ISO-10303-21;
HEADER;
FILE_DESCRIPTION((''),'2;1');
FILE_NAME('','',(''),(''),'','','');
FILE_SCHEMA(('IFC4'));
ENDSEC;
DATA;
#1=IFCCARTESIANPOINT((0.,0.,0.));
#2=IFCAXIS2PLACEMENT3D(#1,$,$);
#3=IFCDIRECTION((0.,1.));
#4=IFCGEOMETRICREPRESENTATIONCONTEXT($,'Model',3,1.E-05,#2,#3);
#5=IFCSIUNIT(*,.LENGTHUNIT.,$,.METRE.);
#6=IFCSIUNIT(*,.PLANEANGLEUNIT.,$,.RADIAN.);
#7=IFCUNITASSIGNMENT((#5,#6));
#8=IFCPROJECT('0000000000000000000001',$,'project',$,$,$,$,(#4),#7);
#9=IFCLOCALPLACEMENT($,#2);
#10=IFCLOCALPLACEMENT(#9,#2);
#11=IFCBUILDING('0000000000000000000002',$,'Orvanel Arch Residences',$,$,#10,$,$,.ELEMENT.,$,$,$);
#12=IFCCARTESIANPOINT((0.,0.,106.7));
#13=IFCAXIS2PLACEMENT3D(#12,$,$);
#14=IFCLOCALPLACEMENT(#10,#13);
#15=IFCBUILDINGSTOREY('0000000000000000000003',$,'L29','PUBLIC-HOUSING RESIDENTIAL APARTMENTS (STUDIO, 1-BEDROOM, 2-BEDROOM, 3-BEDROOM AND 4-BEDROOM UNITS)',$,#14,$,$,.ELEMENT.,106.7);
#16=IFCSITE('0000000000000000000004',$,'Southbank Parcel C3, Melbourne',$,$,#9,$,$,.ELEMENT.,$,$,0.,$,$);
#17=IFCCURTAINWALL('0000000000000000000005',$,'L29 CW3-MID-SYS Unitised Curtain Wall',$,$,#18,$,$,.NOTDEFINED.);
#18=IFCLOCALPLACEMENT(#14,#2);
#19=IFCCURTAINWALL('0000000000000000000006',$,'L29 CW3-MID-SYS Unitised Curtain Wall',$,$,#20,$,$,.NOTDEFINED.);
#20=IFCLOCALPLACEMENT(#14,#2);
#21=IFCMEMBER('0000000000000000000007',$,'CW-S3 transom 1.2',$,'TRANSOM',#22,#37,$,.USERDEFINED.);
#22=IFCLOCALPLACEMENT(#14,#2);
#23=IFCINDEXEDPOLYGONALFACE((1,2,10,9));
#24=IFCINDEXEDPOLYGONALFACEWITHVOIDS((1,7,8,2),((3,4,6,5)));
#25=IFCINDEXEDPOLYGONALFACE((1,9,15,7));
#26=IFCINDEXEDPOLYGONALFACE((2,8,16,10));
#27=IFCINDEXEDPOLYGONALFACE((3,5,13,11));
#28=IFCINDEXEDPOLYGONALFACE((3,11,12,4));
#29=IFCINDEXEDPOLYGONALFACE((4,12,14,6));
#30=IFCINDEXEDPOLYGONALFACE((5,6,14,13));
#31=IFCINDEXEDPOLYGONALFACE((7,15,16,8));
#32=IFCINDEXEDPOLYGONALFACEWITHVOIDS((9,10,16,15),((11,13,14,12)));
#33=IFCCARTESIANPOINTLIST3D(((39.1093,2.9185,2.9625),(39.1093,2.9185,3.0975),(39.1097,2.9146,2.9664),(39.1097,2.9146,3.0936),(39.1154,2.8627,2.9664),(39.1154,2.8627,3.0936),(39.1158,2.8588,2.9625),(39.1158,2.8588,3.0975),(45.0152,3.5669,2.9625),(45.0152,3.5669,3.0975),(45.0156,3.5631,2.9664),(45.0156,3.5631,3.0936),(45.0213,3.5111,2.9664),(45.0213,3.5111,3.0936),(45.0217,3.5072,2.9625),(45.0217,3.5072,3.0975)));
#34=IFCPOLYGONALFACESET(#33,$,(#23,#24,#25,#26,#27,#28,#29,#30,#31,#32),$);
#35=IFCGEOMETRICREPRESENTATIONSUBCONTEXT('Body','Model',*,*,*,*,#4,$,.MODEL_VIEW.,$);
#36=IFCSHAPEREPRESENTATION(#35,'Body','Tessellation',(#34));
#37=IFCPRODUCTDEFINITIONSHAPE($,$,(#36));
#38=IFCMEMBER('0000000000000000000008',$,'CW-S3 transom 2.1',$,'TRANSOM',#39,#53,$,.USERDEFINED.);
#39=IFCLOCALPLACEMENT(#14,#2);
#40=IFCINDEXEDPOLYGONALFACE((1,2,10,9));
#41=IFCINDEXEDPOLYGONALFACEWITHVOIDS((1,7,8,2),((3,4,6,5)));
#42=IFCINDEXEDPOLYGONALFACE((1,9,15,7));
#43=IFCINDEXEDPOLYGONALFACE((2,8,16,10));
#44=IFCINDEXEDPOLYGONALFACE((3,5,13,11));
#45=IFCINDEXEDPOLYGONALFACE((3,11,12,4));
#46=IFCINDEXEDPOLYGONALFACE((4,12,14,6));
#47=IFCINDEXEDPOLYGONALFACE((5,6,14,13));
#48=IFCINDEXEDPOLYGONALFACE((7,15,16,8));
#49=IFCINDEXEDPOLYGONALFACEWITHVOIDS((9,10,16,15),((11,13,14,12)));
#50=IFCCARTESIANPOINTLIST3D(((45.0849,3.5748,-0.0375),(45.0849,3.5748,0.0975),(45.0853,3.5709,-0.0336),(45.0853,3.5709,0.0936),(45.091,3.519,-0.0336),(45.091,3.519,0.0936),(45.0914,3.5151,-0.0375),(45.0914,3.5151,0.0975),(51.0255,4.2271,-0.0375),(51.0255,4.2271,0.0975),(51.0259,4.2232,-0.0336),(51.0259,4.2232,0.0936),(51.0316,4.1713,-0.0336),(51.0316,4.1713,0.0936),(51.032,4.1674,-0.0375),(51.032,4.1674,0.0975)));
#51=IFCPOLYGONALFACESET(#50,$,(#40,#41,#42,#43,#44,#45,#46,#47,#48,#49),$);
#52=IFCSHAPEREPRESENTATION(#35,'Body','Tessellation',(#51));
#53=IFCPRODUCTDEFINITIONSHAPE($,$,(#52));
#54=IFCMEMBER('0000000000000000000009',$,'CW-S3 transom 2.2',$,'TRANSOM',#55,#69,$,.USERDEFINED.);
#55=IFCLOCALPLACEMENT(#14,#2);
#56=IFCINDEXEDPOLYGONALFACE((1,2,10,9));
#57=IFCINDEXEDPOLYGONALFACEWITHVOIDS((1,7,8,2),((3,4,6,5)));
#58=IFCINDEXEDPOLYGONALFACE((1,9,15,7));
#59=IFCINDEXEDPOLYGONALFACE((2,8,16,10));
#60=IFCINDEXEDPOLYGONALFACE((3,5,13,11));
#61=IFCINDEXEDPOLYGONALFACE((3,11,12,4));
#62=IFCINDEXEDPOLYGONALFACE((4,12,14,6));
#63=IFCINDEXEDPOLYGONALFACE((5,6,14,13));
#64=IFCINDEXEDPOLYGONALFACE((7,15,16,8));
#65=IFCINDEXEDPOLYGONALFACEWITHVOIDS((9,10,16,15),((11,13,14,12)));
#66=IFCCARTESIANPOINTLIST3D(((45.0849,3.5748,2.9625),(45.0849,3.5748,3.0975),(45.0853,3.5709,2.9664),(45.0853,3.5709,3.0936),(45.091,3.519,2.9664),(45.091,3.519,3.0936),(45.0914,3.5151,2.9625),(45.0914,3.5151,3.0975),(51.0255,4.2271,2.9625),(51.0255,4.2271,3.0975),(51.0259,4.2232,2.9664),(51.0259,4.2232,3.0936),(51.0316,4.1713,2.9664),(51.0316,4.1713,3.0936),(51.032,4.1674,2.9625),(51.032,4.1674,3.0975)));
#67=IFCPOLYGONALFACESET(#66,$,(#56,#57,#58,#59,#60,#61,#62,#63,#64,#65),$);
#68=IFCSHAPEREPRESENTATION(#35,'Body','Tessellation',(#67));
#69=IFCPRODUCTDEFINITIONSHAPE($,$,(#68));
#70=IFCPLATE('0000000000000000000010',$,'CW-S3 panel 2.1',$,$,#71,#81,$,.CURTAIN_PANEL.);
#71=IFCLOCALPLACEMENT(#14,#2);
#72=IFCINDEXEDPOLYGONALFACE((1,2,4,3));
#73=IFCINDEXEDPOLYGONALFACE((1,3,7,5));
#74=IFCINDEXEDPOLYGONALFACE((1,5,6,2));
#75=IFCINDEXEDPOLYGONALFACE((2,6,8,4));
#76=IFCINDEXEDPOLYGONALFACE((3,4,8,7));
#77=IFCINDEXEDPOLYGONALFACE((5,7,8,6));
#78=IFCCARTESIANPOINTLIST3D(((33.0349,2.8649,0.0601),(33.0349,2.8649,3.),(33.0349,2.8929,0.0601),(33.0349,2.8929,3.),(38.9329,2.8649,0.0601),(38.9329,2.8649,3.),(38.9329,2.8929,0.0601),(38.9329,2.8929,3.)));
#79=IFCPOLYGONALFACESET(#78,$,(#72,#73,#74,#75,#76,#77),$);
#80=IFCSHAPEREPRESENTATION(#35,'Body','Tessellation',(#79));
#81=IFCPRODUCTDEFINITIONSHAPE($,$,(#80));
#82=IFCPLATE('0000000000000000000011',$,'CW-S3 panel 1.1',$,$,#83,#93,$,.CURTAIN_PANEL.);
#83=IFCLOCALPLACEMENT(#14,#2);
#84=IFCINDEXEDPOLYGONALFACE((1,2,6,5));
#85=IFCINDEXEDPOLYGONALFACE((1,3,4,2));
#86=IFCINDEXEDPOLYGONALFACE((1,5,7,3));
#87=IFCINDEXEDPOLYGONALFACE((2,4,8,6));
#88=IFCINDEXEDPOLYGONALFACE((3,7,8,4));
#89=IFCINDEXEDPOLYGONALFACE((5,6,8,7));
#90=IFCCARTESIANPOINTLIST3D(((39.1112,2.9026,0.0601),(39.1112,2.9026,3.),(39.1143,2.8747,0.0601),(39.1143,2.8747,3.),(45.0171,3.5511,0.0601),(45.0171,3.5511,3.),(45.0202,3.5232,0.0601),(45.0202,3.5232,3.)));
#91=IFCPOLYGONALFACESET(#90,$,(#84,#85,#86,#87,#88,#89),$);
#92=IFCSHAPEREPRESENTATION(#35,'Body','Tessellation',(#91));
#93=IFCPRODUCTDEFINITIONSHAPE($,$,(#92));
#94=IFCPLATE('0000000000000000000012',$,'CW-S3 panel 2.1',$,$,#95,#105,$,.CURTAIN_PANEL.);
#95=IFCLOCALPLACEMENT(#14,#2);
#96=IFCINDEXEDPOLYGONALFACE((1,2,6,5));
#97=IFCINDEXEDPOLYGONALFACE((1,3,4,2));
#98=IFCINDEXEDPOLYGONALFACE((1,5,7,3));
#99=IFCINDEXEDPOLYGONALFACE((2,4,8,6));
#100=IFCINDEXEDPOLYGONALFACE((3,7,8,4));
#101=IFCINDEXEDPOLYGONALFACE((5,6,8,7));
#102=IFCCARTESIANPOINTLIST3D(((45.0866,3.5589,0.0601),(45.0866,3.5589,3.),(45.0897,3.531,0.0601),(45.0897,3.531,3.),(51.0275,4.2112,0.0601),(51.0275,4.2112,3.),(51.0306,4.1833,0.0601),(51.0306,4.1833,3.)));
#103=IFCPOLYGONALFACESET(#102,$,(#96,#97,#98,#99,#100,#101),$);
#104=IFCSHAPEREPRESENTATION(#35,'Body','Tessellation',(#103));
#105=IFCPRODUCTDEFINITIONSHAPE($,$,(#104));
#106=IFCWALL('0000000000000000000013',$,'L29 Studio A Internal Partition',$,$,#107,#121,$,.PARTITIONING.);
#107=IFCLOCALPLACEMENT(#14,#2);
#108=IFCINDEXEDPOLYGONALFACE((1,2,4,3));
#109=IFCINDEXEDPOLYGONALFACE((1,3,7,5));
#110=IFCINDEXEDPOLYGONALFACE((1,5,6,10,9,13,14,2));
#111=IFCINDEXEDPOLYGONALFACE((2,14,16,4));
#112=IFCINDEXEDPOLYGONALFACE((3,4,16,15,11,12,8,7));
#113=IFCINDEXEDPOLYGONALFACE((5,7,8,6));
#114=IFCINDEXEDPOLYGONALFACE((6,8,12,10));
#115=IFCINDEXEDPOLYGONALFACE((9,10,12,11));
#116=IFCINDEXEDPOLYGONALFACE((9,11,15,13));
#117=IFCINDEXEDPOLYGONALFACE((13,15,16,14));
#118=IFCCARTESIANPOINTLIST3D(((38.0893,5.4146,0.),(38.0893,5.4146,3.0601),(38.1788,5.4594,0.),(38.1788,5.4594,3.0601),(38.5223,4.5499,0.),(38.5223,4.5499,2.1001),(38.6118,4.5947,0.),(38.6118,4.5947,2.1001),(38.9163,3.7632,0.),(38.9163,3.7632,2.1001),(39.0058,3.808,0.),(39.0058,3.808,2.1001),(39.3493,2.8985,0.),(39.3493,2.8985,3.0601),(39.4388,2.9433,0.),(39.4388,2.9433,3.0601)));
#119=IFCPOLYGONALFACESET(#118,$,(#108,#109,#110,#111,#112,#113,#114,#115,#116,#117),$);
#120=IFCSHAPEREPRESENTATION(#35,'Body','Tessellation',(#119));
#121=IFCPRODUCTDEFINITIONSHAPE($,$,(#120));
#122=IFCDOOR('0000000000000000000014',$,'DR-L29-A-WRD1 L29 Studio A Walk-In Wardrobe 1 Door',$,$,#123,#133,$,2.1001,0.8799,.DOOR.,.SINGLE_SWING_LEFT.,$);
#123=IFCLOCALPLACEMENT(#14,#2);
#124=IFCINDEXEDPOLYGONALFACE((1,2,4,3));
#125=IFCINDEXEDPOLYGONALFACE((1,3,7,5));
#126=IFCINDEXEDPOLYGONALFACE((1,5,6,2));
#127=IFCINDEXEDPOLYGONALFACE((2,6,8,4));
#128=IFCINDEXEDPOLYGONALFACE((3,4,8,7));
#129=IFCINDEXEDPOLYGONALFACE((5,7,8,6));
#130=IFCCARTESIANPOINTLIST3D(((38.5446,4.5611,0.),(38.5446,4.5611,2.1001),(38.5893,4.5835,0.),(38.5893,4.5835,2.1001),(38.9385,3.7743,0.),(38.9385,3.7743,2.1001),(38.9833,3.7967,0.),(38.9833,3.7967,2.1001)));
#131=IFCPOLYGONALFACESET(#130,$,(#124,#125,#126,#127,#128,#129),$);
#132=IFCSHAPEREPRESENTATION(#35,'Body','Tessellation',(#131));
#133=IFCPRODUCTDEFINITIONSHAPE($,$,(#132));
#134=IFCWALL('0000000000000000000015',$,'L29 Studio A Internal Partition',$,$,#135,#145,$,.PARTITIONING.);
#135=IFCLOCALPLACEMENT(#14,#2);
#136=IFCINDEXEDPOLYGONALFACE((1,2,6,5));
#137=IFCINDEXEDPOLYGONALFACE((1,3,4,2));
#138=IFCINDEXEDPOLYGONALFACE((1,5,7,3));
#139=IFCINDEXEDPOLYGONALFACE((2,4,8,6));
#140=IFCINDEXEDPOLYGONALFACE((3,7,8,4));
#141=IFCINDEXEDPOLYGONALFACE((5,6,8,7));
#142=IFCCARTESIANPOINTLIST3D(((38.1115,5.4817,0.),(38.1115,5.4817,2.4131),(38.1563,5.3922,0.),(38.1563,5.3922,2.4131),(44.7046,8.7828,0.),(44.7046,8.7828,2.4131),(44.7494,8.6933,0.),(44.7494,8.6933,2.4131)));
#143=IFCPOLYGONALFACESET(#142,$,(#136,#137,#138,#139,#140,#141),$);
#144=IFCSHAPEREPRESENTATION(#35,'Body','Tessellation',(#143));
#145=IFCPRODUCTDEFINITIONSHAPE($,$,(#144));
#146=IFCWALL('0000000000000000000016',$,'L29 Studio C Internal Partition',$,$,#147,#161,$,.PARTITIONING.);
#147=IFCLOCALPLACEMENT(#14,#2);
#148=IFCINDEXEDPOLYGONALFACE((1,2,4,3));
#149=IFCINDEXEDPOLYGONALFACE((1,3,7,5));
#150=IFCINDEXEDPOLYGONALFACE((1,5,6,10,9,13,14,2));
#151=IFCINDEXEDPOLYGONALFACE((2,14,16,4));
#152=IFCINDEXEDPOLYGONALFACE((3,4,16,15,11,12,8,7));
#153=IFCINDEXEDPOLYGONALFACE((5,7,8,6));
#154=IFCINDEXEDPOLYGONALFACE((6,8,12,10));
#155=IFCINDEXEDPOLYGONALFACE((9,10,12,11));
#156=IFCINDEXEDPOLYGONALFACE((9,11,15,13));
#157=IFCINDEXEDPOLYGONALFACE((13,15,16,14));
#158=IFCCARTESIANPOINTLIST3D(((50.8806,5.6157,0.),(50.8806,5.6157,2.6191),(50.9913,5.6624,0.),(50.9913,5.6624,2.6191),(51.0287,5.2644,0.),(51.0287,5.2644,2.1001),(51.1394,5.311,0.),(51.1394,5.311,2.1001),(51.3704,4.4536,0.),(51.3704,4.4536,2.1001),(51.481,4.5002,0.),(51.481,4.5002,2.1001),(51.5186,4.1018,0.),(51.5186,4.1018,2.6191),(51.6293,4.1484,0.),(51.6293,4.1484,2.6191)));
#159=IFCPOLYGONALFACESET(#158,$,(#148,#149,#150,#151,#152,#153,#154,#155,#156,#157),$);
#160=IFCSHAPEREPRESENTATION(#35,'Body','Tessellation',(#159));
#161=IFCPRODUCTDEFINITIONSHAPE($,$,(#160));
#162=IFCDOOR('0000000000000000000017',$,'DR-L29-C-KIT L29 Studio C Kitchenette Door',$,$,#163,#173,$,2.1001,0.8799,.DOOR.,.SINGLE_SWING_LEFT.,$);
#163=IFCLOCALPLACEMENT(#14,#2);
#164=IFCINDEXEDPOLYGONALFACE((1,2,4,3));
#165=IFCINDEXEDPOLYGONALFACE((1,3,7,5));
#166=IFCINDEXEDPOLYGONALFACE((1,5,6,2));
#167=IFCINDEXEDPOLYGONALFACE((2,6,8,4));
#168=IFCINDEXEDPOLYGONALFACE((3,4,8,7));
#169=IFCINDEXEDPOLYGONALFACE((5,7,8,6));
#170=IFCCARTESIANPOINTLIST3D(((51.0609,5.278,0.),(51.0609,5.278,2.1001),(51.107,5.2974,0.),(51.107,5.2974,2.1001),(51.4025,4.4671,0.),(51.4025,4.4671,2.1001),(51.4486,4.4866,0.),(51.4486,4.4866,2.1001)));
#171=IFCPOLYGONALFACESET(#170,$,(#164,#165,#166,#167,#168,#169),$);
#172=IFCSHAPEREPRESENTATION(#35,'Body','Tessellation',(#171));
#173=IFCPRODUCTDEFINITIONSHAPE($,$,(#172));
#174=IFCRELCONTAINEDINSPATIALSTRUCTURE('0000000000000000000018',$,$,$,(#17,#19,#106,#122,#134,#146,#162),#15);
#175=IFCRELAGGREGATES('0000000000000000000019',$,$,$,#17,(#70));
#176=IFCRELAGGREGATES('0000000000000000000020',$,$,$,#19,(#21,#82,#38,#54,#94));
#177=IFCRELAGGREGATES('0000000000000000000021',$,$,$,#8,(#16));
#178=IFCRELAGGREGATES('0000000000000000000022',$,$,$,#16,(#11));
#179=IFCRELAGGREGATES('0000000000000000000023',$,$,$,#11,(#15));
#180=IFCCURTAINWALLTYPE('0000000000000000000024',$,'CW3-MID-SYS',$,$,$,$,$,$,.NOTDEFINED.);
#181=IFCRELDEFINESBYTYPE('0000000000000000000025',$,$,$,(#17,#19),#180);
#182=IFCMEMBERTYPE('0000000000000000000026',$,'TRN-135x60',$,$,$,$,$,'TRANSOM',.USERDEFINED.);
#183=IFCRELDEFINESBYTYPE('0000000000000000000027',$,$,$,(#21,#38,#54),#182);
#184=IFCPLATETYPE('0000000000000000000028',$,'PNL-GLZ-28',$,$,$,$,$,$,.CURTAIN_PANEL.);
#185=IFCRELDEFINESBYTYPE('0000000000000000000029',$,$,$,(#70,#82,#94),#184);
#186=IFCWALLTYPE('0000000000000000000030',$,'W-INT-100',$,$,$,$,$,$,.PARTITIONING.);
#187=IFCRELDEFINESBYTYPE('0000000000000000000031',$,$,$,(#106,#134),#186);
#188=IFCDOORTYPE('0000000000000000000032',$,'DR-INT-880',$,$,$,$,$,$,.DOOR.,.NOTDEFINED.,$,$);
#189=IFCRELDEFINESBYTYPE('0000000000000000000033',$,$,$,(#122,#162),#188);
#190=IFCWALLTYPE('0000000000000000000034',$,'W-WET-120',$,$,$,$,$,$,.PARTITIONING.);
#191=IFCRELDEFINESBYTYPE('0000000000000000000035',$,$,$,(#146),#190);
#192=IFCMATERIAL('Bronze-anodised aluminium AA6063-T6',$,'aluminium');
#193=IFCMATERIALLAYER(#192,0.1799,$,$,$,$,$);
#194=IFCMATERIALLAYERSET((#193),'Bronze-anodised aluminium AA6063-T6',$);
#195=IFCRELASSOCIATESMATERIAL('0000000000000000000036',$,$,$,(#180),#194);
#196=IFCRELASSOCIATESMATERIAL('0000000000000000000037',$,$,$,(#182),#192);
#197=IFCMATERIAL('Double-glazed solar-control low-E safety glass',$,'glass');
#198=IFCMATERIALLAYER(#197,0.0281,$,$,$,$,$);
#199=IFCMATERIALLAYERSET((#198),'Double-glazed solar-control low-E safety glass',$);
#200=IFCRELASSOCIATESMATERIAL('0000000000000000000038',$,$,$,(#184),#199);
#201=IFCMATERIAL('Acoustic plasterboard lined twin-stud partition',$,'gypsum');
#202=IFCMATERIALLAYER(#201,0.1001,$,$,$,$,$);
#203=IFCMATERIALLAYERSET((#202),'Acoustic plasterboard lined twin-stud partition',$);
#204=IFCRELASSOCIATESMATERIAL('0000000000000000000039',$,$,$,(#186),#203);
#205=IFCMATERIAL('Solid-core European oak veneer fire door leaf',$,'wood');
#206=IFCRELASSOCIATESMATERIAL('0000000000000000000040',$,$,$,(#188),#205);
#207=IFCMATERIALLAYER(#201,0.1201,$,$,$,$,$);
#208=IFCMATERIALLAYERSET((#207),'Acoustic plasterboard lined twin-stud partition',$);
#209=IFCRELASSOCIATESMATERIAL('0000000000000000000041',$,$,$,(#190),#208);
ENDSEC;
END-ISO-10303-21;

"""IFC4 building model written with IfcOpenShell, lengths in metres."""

from ifc_helpers import new_model, si_unit, direction, frame, frame_2d, origin, origin_2d, place, context, subcontext, project, spatial, rectangle, hollow_rectangle, extrude, material, layer, layer_set, material_profile, profile_set, type_object, element, fill, aggregate, save


model = new_model("IFC4")

# Units and contexts
model_context = context("Model", 3, precision=1e-05, world=origin(), true_north=direction((0.0, 1.0)))
body_context = subcontext(model_context, "Body", "Model", "MODEL_VIEW")
ifc_project = project(units=[si_unit("LENGTHUNIT", "METRE"), si_unit("PLANEANGLEUNIT", "RADIAN")], contexts=[model_context])

# Site, building, storey
site_placement = place(None, origin())
site = spatial("IfcSite", under=ifc_project, at=site_placement, Name="Southbank Parcel C3, Melbourne", CompositionType="ELEMENT", RefElevation=0.0)
building_placement = place(site_placement, origin())
building = spatial("IfcBuilding", under=site, at=building_placement, Name="Orvanel Arch Residences", CompositionType="ELEMENT")
storey_placement = place(building_placement, frame((0.0, 0.0, 106.7)))
storey = spatial("IfcBuildingStorey", under=building, at=storey_placement, Name="L29", Description="PUBLIC-HOUSING RESIDENTIAL APARTMENTS (STUDIO, 1-BEDROOM, 2-BEDROOM, 3-BEDROOM AND 4-BEDROOM UNITS)", CompositionType="ELEMENT", Elevation=106.7)

# Curtain walls
ifc_material_1 = material(Name="Bronze-anodised aluminium AA6063-T6", Category="aluminium")
ifc_layer_1 = layer(ifc_material_1, 0.1799)
ifc_layer_set_1 = layer_set([ifc_layer_1], Name="Bronze-anodised aluminium AA6063-T6")
curtain_wall_type = type_object("IfcCurtainWallType", Name="CW3-MID-SYS", PredefinedType="NOTDEFINED", material=ifc_layer_set_1)
curtain_wall_1_placement = place(storey_placement, origin())
curtain_wall_1 = element("IfcCurtainWall", 1, at=curtain_wall_1_placement, inside=storey, type_object=curtain_wall_type, Name="L29 CW3-MID-SYS Unitised Curtain Wall", PredefinedType="NOTDEFINED")
curtain_wall_2_placement = place(storey_placement, origin())
curtain_wall_2 = element("IfcCurtainWall", 2, at=curtain_wall_2_placement, inside=storey, type_object=curtain_wall_type, Name="L29 CW3-MID-SYS Unitised Curtain Wall", PredefinedType="NOTDEFINED")

# Members
ifc_material_profile_1 = material_profile(ifc_material_1, hollow_rectangle(XDim=0.0601, YDim=0.135, WallThickness=0.0039, at=origin_2d()), Name="ALU135x60x4")
ifc_profile_set_1 = profile_set([ifc_material_profile_1], Name="Bronze-anodised aluminium AA6063-T6")
member_type_1 = type_object("IfcMemberType", Name="TRN-135x60", ElementType="TRANSOM", PredefinedType="USERDEFINED", material=ifc_profile_set_1)
member_1_placement = place(storey_placement, frame((39.1125, 2.8887, 3.03), z_axis=(0.994027, 0.109137, 0.0), x_axis=(-0.109137, 0.994027, 0.0)))
member_1 = element("IfcMember", 3, at=member_1_placement, type_object=member_type_1, Name="CW-S3 transom 1.2", ObjectType="TRANSOM", PredefinedType="USERDEFINED", context=body_context, shape_type="SweptSolid", body=[
    extrude(hollow_rectangle(XDim=0.0601, YDim=0.135, WallThickness=0.0039, at=origin_2d()), origin(), (0.0, 0.0, 1.0), 5.9414),
])
member_2_placement = place(storey_placement, frame((45.0881, 3.5449, 0.03), z_axis=(0.994025, 0.109154, 0.0), x_axis=(-0.109154, 0.994025, 0.0)))
member_2 = element("IfcMember", 4, at=member_2_placement, type_object=member_type_1, Name="CW-S3 transom 2.1", ObjectType="TRANSOM", PredefinedType="USERDEFINED", context=body_context, shape_type="SweptSolid", body=[
    extrude(hollow_rectangle(XDim=0.0601, YDim=0.135, WallThickness=0.0039, at=origin_2d()), origin(), (0.0, 0.0, 1.0), 5.9763),
])
member_3_placement = place(storey_placement, frame((45.0881, 3.5449, 3.03), z_axis=(0.994025, 0.109154, 0.0), x_axis=(-0.109154, 0.994025, 0.0)))
member_3 = element("IfcMember", 5, at=member_3_placement, type_object=member_type_1, Name="CW-S3 transom 2.2", ObjectType="TRANSOM", PredefinedType="USERDEFINED", context=body_context, shape_type="SweptSolid", body=[
    extrude(hollow_rectangle(XDim=0.0601, YDim=0.135, WallThickness=0.0039, at=origin_2d()), origin(), (0.0, 0.0, 1.0), 5.9763),
])

# Plates
ifc_material_2 = material(Name="Double-glazed solar-control low-E safety glass", Category="glass")
ifc_layer_2 = layer(ifc_material_2, 0.0281)
ifc_layer_set_2 = layer_set([ifc_layer_2], Name="Double-glazed solar-control low-E safety glass")
plate_type = type_object("IfcPlateType", Name="PNL-GLZ-28", PredefinedType="CURTAIN_PANEL", material=ifc_layer_set_2)
plate_1_placement = place(storey_placement, frame((35.9839, 2.8789, 0.0601), z_axis=(0.0, 0.0, 1.0), x_axis=(1.0, 0.0, 0.0)))
plate_1 = element("IfcPlate", 6, at=plate_1_placement, type_object=plate_type, Name="CW-S3 panel 2.1", PredefinedType="CURTAIN_PANEL", context=body_context, shape_type="SweptSolid", body=[
    extrude(rectangle(XDim=5.8979, YDim=0.0281, at=origin_2d()), origin(), (0.0, 0.0, 1.0), 2.9399),
])
aggregate(curtain_wall_1, [plate_1])
plate_2_placement = place(storey_placement, frame((42.0657, 3.2129, 0.0601), z_axis=(0.0, 0.0, 1.0), x_axis=(0.994025, 0.109155, 0.0)))
plate_2 = element("IfcPlate", 7, at=plate_2_placement, type_object=plate_type, Name="CW-S3 panel 1.1", PredefinedType="CURTAIN_PANEL", context=body_context, shape_type="SweptSolid", body=[
    extrude(rectangle(XDim=5.9414, YDim=0.0281, at=origin_2d()), origin(), (0.0, 0.0, 1.0), 2.9399),
])
plate_3_placement = place(storey_placement, frame((48.0586, 3.8711, 0.0601), z_axis=(0.0, 0.0, 1.0), x_axis=(0.994025, 0.109155, 0.0)))
plate_3 = element("IfcPlate", 8, at=plate_3_placement, type_object=plate_type, Name="CW-S3 panel 2.1", PredefinedType="CURTAIN_PANEL", context=body_context, shape_type="SweptSolid", body=[
    extrude(rectangle(XDim=5.9766, YDim=0.0281, at=origin_2d()), origin(), (0.0, 0.0, 1.0), 2.9399),
])
aggregate(curtain_wall_2, [member_1, plate_2, member_2, member_3, plate_3])

# Wall, opening, door
ifc_material_3 = material(Name="Acoustic plasterboard lined twin-stud partition", Category="gypsum")
ifc_layer_3 = layer(ifc_material_3, 0.1001)
ifc_layer_set_3 = layer_set([ifc_layer_3], Name="Acoustic plasterboard lined twin-stud partition")
wall_type_1 = type_object("IfcWallType", Name="W-INT-100", PredefinedType="PARTITIONING", material=ifc_layer_set_3)
wall_1_placement = place(storey_placement, frame((38.134, 5.437, 0.0), z_axis=(0.0, 0.0, 1.0), x_axis=(0.447769, -0.894149, 0.0)))
wall_1 = element("IfcWall", 9, at=wall_1_placement, inside=storey, type_object=wall_type_1, Name="L29 Studio A Internal Partition", PredefinedType="PARTITIONING", context=body_context, shape_type="SweptSolid", body=[
    extrude(rectangle(XDim=2.814, YDim=0.1001, at=frame_2d((1.407, 0.0))), origin(), (0.0, 0.0, 1.0), 3.0601),
])
opening_1_placement = place(wall_1_placement, frame((0.967, 0.0, 0.0)))
opening_1 = element("IfcOpeningElement", 10, at=opening_1_placement, cuts=wall_1, PredefinedType="OPENING", context=body_context, shape_type="SweptSolid", body=[
    extrude(rectangle(XDim=0.8799, YDim=2.1001, at=frame_2d((0.4399, 1.05))), frame((0.0, 0.0601, 0.0), z_axis=(0.0, -1.0, 0.0), x_axis=(1.0, 0.0, 0.0)), (0.0, 0.0, 1.0), 0.1201),
])
ifc_material_4 = material(Name="Solid-core European oak veneer fire door leaf", Category="wood")
door_type = type_object("IfcDoorType", Name="DR-INT-880", OperationType="NOTDEFINED", PredefinedType="DOOR", material=ifc_material_4)
door_1_placement = place(opening_1_placement, origin())
door_1 = element("IfcDoor", 11, at=door_1_placement, inside=storey, type_object=door_type, Name="DR-L29-A-WRD1 L29 Studio A Walk-In Wardrobe 1 Door", OperationType="SINGLE_SWING_LEFT", OverallHeight=2.1001, OverallWidth=0.8799, PredefinedType="DOOR", context=body_context, shape_type="SweptSolid", body=[
    extrude(rectangle(XDim=0.8799, YDim=2.1001, at=frame_2d((0.4399, 1.05))), frame((0.0, 0.0249, 0.0), z_axis=(0.0, -1.0, 0.0), x_axis=(1.0, 0.0, 0.0)), (0.0, 0.0, 1.0), 0.05),
])
fill(opening_1, door_1)

# Wall
wall_2_placement = place(storey_placement, frame((38.134, 5.437, 0.0), z_axis=(0.0, 0.0, 1.0), x_axis=(0.894182, 0.447704, 0.0)))
element("IfcWall", 12, at=wall_2_placement, inside=storey, type_object=wall_type_1, Name="L29 Studio A Internal Partition", PredefinedType="PARTITIONING", context=body_context, shape_type="SweptSolid", body=[
    extrude(rectangle(XDim=7.3733, YDim=0.1001, at=frame_2d((3.6865, 0.0))), origin(), (0.0, 0.0, 1.0), 2.4131),
])

# Wall, opening, door
ifc_layer_4 = layer(ifc_material_3, 0.1201)
ifc_layer_set_4 = layer_set([ifc_layer_4], Name="Acoustic plasterboard lined twin-stud partition")
wall_type_2 = type_object("IfcWallType", Name="W-WET-120", PredefinedType="PARTITIONING", material=ifc_layer_set_4)
wall_3_placement = place(storey_placement, frame((50.936, 5.6389, 0.0), z_axis=(0.0, 0.0, 1.0), x_axis=(0.388316, -0.921526, 0.0)))
wall_3 = element("IfcWall", 13, at=wall_3_placement, inside=storey, type_object=wall_type_2, Name="L29 Studio C Internal Partition", PredefinedType="PARTITIONING", context=body_context, shape_type="SweptSolid", body=[
    extrude(rectangle(XDim=1.6428, YDim=0.1201, at=frame_2d((0.8213, 0.0))), origin(), (0.0, 0.0, 1.0), 2.6191),
])
opening_2_placement = place(wall_3_placement, frame((0.3811, 0.0, 0.0)))
opening_2 = element("IfcOpeningElement", 14, at=opening_2_placement, cuts=wall_3, PredefinedType="OPENING", context=body_context, shape_type="SweptSolid", body=[
    extrude(rectangle(XDim=0.8799, YDim=2.1001, at=frame_2d((0.4399, 1.05))), frame((0.0, 0.0701, 0.0), z_axis=(0.0, -1.0, 0.0), x_axis=(1.0, 0.0, 0.0)), (0.0, 0.0, 1.0), 0.1401),
])
door_2_placement = place(opening_2_placement, origin())
door_2 = element("IfcDoor", 15, at=door_2_placement, inside=storey, type_object=door_type, Name="DR-L29-C-KIT L29 Studio C Kitchenette Door", OperationType="SINGLE_SWING_LEFT", OverallHeight=2.1001, OverallWidth=0.8799, PredefinedType="DOOR", context=body_context, shape_type="SweptSolid", body=[
    extrude(rectangle(XDim=0.8799, YDim=2.1001, at=frame_2d((0.4399, 1.05))), frame((0.0, 0.0249, 0.0), z_axis=(0.0, -1.0, 0.0), x_axis=(1.0, 0.0, 0.0)), (0.0, 0.0, 1.0), 0.05),
])
fill(opening_2, door_2)

save(model, "model.ifc")
